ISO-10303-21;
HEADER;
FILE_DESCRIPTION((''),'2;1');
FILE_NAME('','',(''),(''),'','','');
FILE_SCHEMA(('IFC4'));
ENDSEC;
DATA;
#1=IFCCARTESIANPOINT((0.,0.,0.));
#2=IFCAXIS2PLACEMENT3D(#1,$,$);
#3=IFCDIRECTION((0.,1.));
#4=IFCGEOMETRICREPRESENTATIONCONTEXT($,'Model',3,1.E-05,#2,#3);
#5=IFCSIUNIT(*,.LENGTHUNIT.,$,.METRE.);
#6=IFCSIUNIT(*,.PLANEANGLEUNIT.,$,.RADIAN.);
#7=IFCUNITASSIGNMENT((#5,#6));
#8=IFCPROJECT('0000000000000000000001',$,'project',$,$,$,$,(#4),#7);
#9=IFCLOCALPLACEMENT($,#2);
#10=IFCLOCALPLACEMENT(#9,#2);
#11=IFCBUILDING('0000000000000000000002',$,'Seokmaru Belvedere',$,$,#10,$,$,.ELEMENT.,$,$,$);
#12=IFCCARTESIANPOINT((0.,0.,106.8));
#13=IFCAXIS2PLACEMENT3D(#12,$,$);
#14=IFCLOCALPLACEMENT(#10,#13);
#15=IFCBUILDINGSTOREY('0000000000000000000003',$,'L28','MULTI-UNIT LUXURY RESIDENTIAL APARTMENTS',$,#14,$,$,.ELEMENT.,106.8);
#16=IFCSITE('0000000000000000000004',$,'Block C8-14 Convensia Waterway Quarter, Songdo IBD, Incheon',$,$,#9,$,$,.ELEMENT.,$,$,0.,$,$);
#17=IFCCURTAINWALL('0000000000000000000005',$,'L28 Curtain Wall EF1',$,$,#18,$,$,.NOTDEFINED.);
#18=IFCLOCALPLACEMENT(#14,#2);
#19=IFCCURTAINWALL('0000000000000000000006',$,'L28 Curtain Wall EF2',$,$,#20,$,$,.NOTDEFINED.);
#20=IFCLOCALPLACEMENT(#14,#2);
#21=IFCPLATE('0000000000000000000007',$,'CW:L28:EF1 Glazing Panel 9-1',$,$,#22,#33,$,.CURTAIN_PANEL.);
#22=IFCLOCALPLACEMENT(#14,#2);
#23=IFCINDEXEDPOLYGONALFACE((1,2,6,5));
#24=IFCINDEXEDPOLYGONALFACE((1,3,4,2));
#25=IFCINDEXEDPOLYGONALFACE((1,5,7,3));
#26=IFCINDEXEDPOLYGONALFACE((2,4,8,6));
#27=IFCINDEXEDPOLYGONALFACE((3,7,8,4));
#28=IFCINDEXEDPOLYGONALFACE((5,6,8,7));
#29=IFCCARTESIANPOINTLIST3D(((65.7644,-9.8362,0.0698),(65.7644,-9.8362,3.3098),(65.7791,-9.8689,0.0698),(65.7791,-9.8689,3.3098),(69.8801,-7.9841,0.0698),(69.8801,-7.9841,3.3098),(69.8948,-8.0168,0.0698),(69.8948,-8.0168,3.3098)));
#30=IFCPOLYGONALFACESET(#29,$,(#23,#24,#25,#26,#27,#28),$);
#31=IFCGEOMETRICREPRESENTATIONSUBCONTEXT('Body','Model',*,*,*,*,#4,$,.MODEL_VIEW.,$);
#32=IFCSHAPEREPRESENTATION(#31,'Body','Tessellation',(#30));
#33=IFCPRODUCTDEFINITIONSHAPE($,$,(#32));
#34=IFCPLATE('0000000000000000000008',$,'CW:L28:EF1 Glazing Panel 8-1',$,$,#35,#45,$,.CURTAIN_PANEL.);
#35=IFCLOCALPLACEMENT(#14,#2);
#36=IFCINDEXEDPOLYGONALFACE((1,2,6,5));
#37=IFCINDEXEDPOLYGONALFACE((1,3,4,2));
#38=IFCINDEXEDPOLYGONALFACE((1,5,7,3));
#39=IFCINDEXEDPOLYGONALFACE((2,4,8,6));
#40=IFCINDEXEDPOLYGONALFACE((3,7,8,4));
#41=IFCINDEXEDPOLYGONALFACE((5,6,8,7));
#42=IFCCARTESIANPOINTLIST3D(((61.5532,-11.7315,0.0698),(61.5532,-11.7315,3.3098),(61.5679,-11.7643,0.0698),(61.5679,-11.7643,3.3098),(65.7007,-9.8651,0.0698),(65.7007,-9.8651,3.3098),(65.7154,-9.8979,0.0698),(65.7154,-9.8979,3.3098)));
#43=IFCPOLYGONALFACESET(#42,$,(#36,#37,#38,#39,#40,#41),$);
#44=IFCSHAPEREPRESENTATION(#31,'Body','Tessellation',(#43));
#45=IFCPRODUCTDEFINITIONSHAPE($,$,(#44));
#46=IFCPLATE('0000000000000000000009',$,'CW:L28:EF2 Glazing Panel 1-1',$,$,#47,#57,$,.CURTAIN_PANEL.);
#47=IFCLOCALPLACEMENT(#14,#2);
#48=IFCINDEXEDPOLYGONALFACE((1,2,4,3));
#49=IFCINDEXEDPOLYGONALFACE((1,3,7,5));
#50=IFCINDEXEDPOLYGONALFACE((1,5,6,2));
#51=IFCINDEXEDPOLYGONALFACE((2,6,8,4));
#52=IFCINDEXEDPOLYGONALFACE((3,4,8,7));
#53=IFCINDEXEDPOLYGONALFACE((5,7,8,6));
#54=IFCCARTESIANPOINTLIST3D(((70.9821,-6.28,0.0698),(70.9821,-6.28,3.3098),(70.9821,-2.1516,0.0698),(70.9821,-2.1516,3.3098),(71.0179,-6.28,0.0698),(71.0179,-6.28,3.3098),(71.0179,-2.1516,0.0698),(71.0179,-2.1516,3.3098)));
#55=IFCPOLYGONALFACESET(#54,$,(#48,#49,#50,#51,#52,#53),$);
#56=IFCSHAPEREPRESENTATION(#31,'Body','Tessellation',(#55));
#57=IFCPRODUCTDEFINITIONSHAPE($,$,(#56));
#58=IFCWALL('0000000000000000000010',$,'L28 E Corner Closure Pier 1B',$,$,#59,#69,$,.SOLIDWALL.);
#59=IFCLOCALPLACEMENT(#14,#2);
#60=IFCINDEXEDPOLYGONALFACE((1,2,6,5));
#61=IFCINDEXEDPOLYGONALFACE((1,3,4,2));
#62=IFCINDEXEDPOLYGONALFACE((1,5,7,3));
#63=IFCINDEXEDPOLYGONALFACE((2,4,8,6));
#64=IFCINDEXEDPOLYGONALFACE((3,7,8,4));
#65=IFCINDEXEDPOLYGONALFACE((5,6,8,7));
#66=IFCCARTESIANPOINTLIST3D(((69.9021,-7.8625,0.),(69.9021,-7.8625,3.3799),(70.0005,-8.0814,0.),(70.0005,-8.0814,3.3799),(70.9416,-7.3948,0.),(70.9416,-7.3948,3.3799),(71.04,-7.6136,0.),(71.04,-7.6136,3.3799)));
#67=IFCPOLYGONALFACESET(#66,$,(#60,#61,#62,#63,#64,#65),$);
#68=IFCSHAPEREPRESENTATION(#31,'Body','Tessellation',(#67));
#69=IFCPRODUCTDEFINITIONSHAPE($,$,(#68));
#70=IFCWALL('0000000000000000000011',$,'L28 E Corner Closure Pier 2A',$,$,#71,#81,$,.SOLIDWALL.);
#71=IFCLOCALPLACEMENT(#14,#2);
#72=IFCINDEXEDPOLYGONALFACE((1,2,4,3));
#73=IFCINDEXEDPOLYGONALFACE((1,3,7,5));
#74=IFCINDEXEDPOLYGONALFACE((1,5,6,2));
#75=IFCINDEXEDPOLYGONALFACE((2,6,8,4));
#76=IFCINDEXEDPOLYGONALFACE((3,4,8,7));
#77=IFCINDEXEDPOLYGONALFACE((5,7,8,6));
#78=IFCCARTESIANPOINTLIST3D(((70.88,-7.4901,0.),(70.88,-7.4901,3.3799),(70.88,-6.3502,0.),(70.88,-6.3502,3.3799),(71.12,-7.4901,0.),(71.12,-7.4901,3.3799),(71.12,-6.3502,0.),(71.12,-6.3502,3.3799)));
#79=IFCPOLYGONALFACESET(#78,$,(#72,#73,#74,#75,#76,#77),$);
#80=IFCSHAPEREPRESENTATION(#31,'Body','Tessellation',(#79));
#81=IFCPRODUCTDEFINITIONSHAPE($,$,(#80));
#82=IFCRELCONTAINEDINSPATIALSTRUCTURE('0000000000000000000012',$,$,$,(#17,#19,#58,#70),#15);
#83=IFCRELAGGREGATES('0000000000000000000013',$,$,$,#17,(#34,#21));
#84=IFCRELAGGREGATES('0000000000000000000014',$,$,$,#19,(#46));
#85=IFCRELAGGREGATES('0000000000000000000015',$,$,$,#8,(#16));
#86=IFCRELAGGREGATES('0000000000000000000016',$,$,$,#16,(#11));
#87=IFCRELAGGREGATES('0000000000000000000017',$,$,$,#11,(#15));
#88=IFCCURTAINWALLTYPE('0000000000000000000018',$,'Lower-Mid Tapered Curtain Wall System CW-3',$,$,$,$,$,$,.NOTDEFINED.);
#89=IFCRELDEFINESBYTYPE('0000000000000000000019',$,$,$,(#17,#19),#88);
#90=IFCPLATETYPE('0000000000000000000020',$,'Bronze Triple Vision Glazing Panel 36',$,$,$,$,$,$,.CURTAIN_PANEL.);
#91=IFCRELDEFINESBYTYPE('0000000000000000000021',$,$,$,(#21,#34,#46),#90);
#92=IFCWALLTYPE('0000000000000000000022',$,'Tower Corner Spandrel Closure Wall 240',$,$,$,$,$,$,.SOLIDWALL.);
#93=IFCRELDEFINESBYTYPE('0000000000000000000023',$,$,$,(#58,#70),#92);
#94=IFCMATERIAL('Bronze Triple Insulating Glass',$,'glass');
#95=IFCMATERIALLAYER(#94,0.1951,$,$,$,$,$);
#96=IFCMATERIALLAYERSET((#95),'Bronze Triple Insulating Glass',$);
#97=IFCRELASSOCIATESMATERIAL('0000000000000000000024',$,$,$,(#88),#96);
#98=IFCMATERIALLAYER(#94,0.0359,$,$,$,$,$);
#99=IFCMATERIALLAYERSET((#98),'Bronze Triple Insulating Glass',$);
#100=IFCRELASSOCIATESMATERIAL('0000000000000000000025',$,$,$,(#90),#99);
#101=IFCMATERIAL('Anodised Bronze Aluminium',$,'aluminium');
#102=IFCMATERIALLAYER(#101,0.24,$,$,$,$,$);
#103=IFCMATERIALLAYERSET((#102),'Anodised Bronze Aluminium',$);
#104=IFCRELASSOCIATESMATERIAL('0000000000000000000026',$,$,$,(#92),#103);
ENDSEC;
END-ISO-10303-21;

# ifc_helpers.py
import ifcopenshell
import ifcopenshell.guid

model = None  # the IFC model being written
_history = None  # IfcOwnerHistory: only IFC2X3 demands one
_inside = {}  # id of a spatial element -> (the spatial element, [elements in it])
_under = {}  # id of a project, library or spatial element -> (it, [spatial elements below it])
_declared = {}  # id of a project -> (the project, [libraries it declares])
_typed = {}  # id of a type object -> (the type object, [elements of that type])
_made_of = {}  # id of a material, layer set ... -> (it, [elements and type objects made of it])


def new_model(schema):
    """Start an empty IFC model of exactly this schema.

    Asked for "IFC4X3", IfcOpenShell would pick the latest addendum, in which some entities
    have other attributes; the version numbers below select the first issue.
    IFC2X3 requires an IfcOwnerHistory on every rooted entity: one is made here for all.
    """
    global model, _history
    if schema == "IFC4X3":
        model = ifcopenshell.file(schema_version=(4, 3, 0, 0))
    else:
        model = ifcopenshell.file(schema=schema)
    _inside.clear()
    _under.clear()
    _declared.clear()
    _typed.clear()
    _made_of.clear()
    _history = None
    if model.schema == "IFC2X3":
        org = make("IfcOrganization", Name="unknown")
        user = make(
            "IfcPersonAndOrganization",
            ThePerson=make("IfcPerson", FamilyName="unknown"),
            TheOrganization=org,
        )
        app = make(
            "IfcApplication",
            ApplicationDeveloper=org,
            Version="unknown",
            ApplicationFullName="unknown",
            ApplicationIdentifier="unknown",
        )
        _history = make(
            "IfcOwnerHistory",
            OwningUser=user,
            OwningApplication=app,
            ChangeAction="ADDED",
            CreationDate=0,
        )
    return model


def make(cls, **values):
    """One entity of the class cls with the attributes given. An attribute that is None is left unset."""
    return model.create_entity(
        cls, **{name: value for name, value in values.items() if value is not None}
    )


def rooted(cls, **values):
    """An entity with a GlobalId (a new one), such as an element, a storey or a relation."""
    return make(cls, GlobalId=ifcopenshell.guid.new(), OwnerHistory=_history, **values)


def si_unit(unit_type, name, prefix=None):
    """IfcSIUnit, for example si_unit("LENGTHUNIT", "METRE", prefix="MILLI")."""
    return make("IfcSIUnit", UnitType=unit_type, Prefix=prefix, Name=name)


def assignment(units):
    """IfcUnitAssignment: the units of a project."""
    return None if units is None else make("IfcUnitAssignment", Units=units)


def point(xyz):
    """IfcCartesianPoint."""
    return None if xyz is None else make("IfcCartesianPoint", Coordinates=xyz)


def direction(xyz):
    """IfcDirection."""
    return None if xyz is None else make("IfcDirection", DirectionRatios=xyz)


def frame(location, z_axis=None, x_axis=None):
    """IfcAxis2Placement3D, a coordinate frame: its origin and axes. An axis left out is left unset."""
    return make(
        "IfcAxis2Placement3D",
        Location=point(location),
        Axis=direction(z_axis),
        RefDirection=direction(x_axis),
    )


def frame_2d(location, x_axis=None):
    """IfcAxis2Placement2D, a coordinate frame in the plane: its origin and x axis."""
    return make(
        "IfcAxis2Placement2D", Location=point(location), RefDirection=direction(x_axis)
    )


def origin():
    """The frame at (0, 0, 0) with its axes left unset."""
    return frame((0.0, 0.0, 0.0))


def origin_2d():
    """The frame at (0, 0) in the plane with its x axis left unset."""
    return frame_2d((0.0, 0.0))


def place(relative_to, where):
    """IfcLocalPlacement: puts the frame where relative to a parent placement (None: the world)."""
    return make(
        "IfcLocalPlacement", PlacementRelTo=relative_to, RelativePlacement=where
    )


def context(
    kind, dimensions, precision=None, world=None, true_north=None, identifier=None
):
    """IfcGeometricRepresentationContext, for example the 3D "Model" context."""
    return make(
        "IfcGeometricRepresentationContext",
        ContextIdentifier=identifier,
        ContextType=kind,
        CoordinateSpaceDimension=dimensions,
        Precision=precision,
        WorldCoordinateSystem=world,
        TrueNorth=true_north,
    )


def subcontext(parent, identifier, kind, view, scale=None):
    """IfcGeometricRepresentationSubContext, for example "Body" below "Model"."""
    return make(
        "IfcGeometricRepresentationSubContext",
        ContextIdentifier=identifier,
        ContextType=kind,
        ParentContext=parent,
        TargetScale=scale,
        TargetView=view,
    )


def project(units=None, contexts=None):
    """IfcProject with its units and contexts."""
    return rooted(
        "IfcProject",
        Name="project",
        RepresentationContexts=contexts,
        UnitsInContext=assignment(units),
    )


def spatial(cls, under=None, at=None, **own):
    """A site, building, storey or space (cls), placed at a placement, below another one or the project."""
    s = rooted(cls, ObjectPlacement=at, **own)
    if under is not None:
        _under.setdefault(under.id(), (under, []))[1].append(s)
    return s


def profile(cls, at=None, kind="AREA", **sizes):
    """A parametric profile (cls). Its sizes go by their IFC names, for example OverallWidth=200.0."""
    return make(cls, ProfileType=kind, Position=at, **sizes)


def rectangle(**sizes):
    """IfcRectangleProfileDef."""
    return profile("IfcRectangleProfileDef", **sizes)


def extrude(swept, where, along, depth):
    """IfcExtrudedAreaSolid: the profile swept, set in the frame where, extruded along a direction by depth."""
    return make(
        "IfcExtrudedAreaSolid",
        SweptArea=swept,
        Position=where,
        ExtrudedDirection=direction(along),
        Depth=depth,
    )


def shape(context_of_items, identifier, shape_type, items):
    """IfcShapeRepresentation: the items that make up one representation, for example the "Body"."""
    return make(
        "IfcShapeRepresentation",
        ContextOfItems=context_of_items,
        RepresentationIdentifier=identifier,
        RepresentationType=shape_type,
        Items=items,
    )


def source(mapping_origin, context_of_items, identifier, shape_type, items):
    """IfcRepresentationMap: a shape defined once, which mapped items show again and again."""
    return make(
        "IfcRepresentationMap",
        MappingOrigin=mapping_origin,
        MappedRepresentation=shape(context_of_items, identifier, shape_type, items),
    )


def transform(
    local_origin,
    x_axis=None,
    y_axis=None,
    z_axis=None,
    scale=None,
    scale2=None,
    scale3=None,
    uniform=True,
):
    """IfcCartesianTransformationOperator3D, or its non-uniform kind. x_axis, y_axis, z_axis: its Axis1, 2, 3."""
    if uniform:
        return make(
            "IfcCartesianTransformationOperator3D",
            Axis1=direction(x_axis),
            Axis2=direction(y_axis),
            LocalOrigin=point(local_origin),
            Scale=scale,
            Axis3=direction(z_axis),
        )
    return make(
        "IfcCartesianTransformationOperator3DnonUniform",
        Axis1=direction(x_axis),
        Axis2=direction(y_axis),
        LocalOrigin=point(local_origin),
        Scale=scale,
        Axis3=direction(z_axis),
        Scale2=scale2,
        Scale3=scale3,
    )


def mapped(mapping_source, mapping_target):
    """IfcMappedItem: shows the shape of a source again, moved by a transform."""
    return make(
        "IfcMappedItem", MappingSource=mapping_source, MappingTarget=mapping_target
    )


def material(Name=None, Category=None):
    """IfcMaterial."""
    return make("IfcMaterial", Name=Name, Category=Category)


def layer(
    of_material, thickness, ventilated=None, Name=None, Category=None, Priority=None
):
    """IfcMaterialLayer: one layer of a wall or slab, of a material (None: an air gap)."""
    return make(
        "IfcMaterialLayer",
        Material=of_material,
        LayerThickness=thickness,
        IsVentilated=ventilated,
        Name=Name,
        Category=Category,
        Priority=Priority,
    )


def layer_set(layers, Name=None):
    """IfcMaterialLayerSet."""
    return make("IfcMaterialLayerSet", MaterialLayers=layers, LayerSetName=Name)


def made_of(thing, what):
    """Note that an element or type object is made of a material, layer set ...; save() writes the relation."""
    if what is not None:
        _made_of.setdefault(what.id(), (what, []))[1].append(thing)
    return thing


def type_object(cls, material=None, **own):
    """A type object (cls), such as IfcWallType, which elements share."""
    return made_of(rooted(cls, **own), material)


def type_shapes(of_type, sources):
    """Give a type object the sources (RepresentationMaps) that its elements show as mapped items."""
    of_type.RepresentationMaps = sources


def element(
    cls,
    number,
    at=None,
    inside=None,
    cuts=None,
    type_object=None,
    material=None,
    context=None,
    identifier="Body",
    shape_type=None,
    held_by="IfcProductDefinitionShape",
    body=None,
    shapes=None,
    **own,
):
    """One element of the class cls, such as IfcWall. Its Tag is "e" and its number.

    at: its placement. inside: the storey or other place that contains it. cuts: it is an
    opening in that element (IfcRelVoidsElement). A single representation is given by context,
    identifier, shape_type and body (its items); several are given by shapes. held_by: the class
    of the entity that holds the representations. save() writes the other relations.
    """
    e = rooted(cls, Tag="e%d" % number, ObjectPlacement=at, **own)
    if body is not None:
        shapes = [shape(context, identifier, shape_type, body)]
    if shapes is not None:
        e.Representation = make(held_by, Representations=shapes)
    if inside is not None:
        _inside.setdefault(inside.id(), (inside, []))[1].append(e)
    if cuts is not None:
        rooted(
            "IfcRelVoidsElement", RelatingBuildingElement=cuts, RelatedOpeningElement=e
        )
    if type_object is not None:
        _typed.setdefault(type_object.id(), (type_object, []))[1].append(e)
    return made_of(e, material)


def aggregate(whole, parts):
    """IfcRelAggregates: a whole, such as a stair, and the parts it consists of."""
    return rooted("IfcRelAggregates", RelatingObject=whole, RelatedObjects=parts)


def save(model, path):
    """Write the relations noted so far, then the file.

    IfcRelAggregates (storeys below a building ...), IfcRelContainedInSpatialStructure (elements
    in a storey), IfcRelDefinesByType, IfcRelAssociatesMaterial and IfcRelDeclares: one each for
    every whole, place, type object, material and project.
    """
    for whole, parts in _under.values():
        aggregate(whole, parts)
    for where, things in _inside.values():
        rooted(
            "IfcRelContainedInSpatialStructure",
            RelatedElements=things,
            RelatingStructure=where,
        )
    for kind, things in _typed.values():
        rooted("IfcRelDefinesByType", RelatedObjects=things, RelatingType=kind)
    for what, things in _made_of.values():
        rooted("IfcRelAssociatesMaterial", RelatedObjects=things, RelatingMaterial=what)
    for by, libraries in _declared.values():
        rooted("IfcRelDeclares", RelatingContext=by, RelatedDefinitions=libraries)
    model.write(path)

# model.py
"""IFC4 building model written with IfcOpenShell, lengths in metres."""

from ifc_helpers import new_model, si_unit, direction, frame, frame_2d, origin, origin_2d, place, context, subcontext, project, spatial, rectangle, extrude, source, transform, mapped, material, layer, layer_set, type_object, type_shapes, element, aggregate, save


model = new_model("IFC4")

# Units and contexts
model_context = context("Model", 3, precision=1e-05, world=origin(), true_north=direction((0.0, 1.0)))
body_context = subcontext(model_context, "Body", "Model", "MODEL_VIEW")
ifc_project = project(units=[si_unit("LENGTHUNIT", "METRE"), si_unit("PLANEANGLEUNIT", "RADIAN")], contexts=[model_context])

# Site, building, storey
site_placement = place(None, origin())
site = spatial("IfcSite", under=ifc_project, at=site_placement, Name="Block C8-14 Convensia Waterway Quarter, Songdo IBD, Incheon", CompositionType="ELEMENT", RefElevation=0.0)
building_placement = place(site_placement, origin())
building = spatial("IfcBuilding", under=site, at=building_placement, Name="Seokmaru Belvedere", CompositionType="ELEMENT")
storey_placement = place(building_placement, frame((0.0, 0.0, 106.8)))
storey = spatial("IfcBuildingStorey", under=building, at=storey_placement, Name="L28", Description="MULTI-UNIT LUXURY RESIDENTIAL APARTMENTS", CompositionType="ELEMENT", Elevation=106.8)

# Curtain walls
ifc_material_1 = material(Name="Bronze Triple Insulating Glass", Category="glass")
ifc_layer_1 = layer(ifc_material_1, 0.1951)
ifc_layer_set_1 = layer_set([ifc_layer_1], Name="Bronze Triple Insulating Glass")
curtain_wall_type = type_object("IfcCurtainWallType", Name="Lower-Mid Tapered Curtain Wall System CW-3", PredefinedType="NOTDEFINED", material=ifc_layer_set_1)
curtain_wall_1_placement = place(storey_placement, origin())
curtain_wall_1 = element("IfcCurtainWall", 1, at=curtain_wall_1_placement, inside=storey, type_object=curtain_wall_type, Name="L28 Curtain Wall EF1", PredefinedType="NOTDEFINED")
ifc_material_2 = material(Name="Anodised Bronze Aluminium", Category="aluminium")
curtain_wall_2_placement = place(storey_placement, origin())
curtain_wall_2 = element("IfcCurtainWall", 2, at=curtain_wall_2_placement, inside=storey, type_object=curtain_wall_type, Name="L28 Curtain Wall EF2", PredefinedType="NOTDEFINED")

# Plates
ifc_layer_2 = layer(ifc_material_1, 0.0359)
ifc_layer_set_2 = layer_set([ifc_layer_2], Name="Bronze Triple Insulating Glass")
plate_type = type_object("IfcPlateType", Name="Bronze Triple Vision Glazing Panel 36", PredefinedType="CURTAIN_PANEL", material=ifc_layer_set_2)
shared_shape_1 = source(origin(), body_context, "Body", "SweptSolid", [
    extrude(rectangle(XDim=4.5132, YDim=0.0359, at=origin_2d()), origin(), (0.0, 0.0, 1.0), 3.24),
])
plate_1_placement = place(storey_placement, frame((67.8296, -8.9265, 0.0698), z_axis=(0.0, 0.0, 1.0), x_axis=(0.911921, 0.410366, 0.0)))
plate_1 = element("IfcPlate", 3, at=plate_1_placement, type_object=plate_type, Name="CW:L28:EF1 Glazing Panel 9-1", PredefinedType="CURTAIN_PANEL", context=body_context, shape_type="MappedRepresentation", body=[
    mapped(shared_shape_1, transform((0.0, 0.0, 0.0), scale=1.0)),
])
shared_shape_2 = source(origin(), body_context, "Body", "SweptSolid", [
    extrude(rectangle(XDim=4.5481, YDim=0.0359, at=origin_2d()), origin(), (0.0, 0.0, 1.0), 3.24),
])
plate_2_placement = place(storey_placement, frame((63.6343, -10.8147, 0.0698), z_axis=(0.0, 0.0, 1.0), x_axis=(0.911921, 0.410366, 0.0)))
plate_2 = element("IfcPlate", 4, at=plate_2_placement, type_object=plate_type, Name="CW:L28:EF1 Glazing Panel 8-1", PredefinedType="CURTAIN_PANEL", context=body_context, shape_type="MappedRepresentation", body=[
    mapped(shared_shape_2, transform((0.0, 0.0, 0.0), scale=1.0)),
])
aggregate(curtain_wall_1, [plate_2, plate_1])
shared_shape_3 = source(origin(), body_context, "Body", "SweptSolid", [
    extrude(rectangle(XDim=4.1284, YDim=0.0359, at=origin_2d()), origin(), (0.0, 0.0, 1.0), 3.24),
])
type_shapes(plate_type, [shared_shape_1, shared_shape_2, shared_shape_3])
plate_3_placement = place(storey_placement, frame((71.0, -4.2158, 0.0698), z_axis=(0.0, 0.0, 1.0), x_axis=(0.0, 1.0, 0.0)))
plate_3 = element("IfcPlate", 5, at=plate_3_placement, type_object=plate_type, Name="CW:L28:EF2 Glazing Panel 1-1", PredefinedType="CURTAIN_PANEL", context=body_context, shape_type="MappedRepresentation", body=[
    mapped(shared_shape_3, transform((0.0, 0.0, 0.0), scale=1.0)),
])
aggregate(curtain_wall_2, [plate_3])

# Walls
ifc_layer_3 = layer(ifc_material_2, 0.24)
ifc_layer_set_3 = layer_set([ifc_layer_3], Name="Anodised Bronze Aluminium")
wall_type = type_object("IfcWallType", Name="Tower Corner Spandrel Closure Wall 240", PredefinedType="SOLIDWALL", material=ifc_layer_set_3)
for number, where, z_axis, x_axis, name in (
    (6, (69.9514, -7.9719, 0.0), (0.0, 0.0, 1.0), (0.91193, 0.410347, 0.0), "L28 E Corner Closure Pier 1B"),
    (7, (71.0, -7.49, 0.0), (0.0, 0.0, 1.0), (0.0, 1.0, 0.0), "L28 E Corner Closure Pier 2A"),
):
    element("IfcWall", number, at=place(storey_placement, frame(where, z_axis=z_axis, x_axis=x_axis)), inside=storey, type_object=wall_type, Name=name, PredefinedType="SOLIDWALL", context=body_context, shape_type="SweptSolid", body=[
        extrude(rectangle(XDim=1.1399, YDim=0.24, at=frame_2d((0.5698, 0.0))), origin(), (0.0, 0.0, 1.0), 3.3799),
    ])

save(model, "model.ifc")
